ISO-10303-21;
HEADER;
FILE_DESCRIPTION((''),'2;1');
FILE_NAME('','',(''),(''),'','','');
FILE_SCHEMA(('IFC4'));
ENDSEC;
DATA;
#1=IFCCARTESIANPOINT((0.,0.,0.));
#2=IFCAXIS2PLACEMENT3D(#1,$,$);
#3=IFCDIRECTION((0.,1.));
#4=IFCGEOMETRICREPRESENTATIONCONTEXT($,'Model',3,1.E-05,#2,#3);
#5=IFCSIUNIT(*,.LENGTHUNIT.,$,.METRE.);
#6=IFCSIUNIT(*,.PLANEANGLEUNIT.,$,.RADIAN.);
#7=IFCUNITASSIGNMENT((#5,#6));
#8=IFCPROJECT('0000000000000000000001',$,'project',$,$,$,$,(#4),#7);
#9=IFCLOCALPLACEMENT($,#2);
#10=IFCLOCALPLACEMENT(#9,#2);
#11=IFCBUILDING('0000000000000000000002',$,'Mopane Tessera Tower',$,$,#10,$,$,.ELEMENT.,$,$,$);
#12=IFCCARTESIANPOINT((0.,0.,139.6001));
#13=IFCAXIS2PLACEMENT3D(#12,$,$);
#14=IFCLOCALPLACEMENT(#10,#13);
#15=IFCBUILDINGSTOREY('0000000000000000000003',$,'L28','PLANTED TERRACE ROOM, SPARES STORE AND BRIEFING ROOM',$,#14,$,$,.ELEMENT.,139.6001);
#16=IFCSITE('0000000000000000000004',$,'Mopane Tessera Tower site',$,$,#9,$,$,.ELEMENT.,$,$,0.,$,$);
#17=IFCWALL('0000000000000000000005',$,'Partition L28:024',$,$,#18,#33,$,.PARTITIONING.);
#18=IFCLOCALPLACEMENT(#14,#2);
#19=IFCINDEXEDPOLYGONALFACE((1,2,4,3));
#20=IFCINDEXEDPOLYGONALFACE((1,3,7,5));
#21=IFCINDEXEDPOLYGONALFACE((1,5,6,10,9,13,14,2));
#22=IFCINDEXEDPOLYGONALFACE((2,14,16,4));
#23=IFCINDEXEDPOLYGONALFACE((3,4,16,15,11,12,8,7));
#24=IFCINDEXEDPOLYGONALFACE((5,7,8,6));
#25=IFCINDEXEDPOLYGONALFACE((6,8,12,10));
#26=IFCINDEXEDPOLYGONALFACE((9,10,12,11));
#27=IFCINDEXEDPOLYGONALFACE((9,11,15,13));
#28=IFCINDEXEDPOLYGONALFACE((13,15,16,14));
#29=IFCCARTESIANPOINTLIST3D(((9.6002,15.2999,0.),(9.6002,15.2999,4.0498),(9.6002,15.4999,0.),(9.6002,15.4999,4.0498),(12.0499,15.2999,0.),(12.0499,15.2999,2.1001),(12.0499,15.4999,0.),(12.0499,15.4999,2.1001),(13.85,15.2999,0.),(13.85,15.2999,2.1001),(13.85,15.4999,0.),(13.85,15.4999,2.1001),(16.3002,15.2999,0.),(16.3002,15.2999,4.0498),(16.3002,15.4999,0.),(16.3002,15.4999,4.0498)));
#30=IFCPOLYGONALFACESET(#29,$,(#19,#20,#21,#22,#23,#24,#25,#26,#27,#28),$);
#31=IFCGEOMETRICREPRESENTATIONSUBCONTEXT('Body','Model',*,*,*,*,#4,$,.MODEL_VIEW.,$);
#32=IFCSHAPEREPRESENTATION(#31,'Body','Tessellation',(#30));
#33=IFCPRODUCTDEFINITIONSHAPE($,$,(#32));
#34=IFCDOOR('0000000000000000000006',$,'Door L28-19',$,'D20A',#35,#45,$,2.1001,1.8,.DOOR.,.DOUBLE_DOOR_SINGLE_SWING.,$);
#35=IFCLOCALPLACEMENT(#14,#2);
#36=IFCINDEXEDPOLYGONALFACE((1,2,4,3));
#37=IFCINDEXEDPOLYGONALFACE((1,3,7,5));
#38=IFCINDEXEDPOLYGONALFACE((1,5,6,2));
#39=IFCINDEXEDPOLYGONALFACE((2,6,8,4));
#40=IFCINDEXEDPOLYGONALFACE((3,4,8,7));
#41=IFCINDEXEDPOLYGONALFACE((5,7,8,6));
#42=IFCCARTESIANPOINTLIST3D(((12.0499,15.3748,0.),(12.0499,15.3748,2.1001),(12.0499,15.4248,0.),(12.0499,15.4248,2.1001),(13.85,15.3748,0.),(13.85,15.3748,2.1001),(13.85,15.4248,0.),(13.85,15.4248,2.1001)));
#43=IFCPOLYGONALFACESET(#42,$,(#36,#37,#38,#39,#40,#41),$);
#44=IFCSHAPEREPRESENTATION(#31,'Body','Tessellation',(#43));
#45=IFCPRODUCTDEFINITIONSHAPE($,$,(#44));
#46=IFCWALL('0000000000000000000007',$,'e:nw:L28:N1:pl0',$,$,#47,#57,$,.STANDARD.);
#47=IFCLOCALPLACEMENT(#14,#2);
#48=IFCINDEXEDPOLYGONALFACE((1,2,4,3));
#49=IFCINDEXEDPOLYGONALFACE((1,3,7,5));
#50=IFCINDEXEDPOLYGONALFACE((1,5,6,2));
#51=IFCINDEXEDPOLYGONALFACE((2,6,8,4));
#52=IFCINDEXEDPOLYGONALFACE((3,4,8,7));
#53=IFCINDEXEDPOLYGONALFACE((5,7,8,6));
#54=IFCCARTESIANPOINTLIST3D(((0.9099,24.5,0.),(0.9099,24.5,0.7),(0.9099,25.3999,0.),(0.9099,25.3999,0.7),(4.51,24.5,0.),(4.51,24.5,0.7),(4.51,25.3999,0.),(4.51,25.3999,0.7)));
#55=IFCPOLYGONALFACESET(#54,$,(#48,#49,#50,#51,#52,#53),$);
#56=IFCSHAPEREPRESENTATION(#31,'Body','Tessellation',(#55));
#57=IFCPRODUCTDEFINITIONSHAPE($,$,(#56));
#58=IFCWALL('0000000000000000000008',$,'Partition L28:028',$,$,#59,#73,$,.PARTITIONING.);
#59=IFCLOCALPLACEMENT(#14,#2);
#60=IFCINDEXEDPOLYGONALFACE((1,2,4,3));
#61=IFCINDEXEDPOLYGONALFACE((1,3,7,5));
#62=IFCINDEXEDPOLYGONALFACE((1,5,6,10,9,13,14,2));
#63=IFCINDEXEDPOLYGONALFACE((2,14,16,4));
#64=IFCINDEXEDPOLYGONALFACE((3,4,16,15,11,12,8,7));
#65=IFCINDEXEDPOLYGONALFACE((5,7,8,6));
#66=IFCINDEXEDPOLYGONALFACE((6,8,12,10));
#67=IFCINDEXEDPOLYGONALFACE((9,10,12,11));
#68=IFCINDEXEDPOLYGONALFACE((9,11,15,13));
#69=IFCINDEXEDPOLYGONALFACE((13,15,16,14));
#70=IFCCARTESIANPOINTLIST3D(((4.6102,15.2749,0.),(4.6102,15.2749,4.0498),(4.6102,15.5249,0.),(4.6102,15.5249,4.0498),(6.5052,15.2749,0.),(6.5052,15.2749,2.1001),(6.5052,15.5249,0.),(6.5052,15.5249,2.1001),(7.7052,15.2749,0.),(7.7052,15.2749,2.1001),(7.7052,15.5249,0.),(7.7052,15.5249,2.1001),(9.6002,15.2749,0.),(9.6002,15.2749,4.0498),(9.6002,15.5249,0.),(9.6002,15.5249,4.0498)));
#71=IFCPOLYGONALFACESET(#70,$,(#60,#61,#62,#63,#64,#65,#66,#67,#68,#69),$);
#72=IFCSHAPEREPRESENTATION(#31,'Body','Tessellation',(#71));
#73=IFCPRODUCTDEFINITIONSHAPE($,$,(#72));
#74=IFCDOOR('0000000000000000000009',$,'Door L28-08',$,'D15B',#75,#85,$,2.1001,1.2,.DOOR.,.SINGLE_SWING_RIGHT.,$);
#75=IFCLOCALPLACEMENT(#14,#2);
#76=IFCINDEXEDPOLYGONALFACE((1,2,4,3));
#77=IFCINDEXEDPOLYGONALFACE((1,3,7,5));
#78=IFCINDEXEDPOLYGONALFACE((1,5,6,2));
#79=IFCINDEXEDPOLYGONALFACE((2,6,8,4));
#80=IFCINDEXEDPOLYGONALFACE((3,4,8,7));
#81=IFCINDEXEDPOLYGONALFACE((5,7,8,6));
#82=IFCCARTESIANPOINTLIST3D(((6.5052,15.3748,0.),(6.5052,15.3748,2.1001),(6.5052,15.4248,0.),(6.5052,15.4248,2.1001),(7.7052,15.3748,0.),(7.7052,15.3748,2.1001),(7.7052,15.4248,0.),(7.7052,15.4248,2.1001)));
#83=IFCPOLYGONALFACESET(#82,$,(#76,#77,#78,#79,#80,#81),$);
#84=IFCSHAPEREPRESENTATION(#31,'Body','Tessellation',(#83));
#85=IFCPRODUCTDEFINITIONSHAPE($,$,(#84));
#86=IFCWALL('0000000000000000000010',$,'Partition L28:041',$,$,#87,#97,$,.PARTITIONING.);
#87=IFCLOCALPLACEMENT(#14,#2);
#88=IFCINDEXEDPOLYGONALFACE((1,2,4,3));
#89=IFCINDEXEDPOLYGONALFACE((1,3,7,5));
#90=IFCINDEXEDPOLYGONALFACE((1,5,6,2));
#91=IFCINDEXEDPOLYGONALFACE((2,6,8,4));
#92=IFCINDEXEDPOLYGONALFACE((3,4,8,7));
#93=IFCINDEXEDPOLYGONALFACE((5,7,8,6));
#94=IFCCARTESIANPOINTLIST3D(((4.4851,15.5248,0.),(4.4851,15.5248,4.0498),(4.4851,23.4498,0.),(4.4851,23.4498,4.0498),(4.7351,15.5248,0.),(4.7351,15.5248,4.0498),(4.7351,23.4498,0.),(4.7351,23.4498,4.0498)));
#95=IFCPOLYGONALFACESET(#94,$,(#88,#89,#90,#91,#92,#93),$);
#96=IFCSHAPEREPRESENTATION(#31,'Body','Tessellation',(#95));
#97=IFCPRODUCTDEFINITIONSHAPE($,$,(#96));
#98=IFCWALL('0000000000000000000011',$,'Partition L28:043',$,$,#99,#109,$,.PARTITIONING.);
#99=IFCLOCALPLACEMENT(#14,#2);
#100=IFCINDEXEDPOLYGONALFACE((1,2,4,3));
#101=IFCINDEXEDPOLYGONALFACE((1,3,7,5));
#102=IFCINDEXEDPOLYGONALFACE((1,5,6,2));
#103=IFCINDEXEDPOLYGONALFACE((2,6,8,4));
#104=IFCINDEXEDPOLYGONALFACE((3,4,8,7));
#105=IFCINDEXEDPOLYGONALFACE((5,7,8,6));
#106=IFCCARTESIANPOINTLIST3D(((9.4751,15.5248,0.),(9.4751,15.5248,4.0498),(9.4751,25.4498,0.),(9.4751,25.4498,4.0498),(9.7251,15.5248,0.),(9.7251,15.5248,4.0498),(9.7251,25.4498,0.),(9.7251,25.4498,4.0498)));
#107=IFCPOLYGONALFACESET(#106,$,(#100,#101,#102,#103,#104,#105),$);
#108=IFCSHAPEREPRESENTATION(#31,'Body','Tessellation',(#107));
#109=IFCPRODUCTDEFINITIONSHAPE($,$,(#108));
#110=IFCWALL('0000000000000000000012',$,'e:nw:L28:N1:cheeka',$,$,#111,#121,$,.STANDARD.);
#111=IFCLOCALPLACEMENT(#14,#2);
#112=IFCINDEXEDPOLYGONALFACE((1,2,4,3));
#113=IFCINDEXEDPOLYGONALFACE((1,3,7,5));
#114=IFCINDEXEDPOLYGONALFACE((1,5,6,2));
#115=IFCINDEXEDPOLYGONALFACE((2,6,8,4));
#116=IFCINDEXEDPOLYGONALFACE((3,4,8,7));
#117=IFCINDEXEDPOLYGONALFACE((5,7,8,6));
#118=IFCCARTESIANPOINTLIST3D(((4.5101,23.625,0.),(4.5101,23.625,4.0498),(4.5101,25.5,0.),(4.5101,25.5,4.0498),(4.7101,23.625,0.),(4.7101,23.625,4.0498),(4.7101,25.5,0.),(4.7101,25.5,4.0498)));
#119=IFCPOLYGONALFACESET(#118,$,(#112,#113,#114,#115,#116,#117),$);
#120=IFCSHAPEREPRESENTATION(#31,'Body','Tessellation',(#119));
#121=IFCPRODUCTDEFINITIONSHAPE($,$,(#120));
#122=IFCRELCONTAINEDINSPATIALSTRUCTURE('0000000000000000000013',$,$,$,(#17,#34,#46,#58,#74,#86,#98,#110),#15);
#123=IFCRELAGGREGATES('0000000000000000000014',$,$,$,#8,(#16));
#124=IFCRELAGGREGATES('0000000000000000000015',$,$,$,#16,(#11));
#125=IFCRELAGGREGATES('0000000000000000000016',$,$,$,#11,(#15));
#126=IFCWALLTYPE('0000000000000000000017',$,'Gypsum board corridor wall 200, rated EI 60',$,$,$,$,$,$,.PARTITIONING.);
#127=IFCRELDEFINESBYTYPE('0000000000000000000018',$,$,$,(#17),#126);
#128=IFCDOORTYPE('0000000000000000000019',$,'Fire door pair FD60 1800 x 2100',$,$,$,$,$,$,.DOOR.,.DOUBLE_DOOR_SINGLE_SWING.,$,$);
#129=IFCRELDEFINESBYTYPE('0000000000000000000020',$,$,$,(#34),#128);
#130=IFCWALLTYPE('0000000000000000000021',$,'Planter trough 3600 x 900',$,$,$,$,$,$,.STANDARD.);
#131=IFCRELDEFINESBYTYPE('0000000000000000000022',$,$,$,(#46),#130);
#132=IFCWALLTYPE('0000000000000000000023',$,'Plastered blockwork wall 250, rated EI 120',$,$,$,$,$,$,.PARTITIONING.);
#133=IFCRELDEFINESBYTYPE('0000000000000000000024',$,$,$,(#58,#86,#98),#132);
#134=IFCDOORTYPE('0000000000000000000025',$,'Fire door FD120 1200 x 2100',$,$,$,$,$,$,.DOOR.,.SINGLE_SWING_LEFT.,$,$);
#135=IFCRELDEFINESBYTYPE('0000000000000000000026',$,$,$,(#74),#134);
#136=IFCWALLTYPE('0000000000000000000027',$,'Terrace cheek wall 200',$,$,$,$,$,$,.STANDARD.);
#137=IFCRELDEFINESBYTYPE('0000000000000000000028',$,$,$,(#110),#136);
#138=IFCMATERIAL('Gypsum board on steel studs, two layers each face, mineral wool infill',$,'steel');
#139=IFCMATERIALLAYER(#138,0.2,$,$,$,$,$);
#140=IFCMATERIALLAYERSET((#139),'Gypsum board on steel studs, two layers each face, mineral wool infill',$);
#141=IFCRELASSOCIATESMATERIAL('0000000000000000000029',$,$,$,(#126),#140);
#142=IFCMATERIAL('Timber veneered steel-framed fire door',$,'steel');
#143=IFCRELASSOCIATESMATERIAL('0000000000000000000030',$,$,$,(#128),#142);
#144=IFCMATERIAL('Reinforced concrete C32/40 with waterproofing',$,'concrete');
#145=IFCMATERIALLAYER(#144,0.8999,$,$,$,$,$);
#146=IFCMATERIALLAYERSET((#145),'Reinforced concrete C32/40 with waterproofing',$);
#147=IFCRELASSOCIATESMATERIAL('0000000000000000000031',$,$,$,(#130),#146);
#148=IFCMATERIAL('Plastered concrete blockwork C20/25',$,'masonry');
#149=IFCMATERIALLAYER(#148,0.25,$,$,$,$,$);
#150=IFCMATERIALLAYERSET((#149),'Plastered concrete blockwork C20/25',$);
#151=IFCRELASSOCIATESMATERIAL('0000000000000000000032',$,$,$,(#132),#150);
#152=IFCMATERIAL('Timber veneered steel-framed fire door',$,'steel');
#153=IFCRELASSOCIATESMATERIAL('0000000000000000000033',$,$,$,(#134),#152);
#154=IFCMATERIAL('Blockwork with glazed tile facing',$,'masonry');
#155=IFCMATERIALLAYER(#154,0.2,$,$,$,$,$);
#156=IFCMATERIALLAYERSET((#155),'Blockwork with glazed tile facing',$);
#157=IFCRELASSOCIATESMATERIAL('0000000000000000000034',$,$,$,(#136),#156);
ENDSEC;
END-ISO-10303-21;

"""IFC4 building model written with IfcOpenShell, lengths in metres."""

from ifc_helpers import new_model, si_unit, direction, frame, frame_2d, origin, place, context, subcontext, project, spatial, rectangle, extrude, material, layer, layer_set, type_object, element, fill, save


model = new_model("IFC4")

# Units and contexts
model_context = context("Model", 3, precision=1e-05, world=origin(), true_north=direction((0.0, 1.0)))
body_context = subcontext(model_context, "Body", "Model", "MODEL_VIEW")
ifc_project = project(units=[si_unit("LENGTHUNIT", "METRE"), si_unit("PLANEANGLEUNIT", "RADIAN")], contexts=[model_context])

# Site, building, storey
site_placement = place(None, origin())
site = spatial("IfcSite", under=ifc_project, at=site_placement, Name="Mopane Tessera Tower site", CompositionType="ELEMENT", RefElevation=0.0)
building_placement = place(site_placement, origin())
building = spatial("IfcBuilding", under=site, at=building_placement, Name="Mopane Tessera Tower", CompositionType="ELEMENT")
storey_placement = place(building_placement, frame((0.0, 0.0, 139.6001)))
storey = spatial("IfcBuildingStorey", under=building, at=storey_placement, Name="L28", Description="PLANTED TERRACE ROOM, SPARES STORE AND BRIEFING ROOM", CompositionType="ELEMENT", Elevation=139.6001)

# Wall, opening, door
ifc_material_1 = material(Name="Gypsum board on steel studs, two layers each face, mineral wool infill", Category="steel")
ifc_layer_1 = layer(ifc_material_1, 0.2)
ifc_layer_set_1 = layer_set([ifc_layer_1], Name="Gypsum board on steel studs, two layers each face, mineral wool infill")
wall_type_1 = type_object("IfcWallType", Name="Gypsum board corridor wall 200, rated EI 60", PredefinedType="PARTITIONING", material=ifc_layer_set_1)
wall_1_placement = place(storey_placement, frame((9.6001, 15.3999, 0.0), z_axis=(0.0, 0.0, 1.0), x_axis=(1.0, 0.0, 0.0)))
wall_1 = element("IfcWall", 1, at=wall_1_placement, inside=storey, type_object=wall_type_1, Name="Partition L28:024", PredefinedType="PARTITIONING", context=body_context, shape_type="SweptSolid", body=[
    extrude(rectangle(XDim=6.7, YDim=0.2, at=frame_2d((3.3501, 0.0))), origin(), (0.0, 0.0, 1.0), 4.0498),
])
opening_1_placement = place(wall_1_placement, frame((2.45, 0.0, 0.0)))
opening_1 = element("IfcOpeningElement", 2, at=opening_1_placement, cuts=wall_1, PredefinedType="OPENING", context=body_context, shape_type="SweptSolid", body=[
    extrude(rectangle(XDim=1.8, YDim=2.1001, at=frame_2d((0.8999, 1.05))), frame((0.0, 0.1121, 0.0), z_axis=(0.0, -1.0, 0.0), x_axis=(1.0, 0.0, 0.0)), (0.0, 0.0, 1.0), 0.2239),
])
ifc_material_2 = material(Name="Timber veneered steel-framed fire door", Category="steel")
door_type_1 = type_object("IfcDoorType", Name="Fire door pair FD60 1800 x 2100", OperationType="DOUBLE_DOOR_SINGLE_SWING", PredefinedType="DOOR", material=ifc_material_2)
door_1_placement = place(opening_1_placement, origin())
door_1 = element("IfcDoor", 3, at=door_1_placement, inside=storey, type_object=door_type_1, Name="Door L28-19", ObjectType="D20A", OperationType="DOUBLE_DOOR_SINGLE_SWING", OverallHeight=2.1001, OverallWidth=1.8, PredefinedType="DOOR", context=body_context, shape_type="SweptSolid", body=[
    extrude(rectangle(XDim=1.8, YDim=2.1001, at=frame_2d((0.8999, 1.05))), frame((0.0, 0.0249, 0.0), z_axis=(0.0, -1.0, 0.0), x_axis=(1.0, 0.0, 0.0)), (0.0, 0.0, 1.0), 0.05),
])
fill(opening_1, door_1)

# Wall
ifc_material_3 = material(Name="Reinforced concrete C32/40 with waterproofing", Category="concrete")
ifc_layer_2 = layer(ifc_material_3, 0.8999)
ifc_layer_set_2 = layer_set([ifc_layer_2], Name="Reinforced concrete C32/40 with waterproofing")
wall_type_2 = type_object("IfcWallType", Name="Planter trough 3600 x 900", PredefinedType="STANDARD", material=ifc_layer_set_2)
wall_2_placement = place(storey_placement, frame((4.51, 24.95, 0.0), z_axis=(0.0, 0.0, 1.0), x_axis=(-1.0, 0.0, 0.0)))
element("IfcWall", 4, at=wall_2_placement, inside=storey, type_object=wall_type_2, Name="e:nw:L28:N1:pl0", PredefinedType="STANDARD", context=body_context, shape_type="SweptSolid", body=[
    extrude(rectangle(XDim=3.6001, YDim=0.8999, at=frame_2d((1.8, 0.0))), origin(), (0.0, 0.0, 1.0), 0.7),
])

# Wall, opening, door
ifc_material_4 = material(Name="Plastered concrete blockwork C20/25", Category="masonry")
ifc_layer_3 = layer(ifc_material_4, 0.25)
ifc_layer_set_3 = layer_set([ifc_layer_3], Name="Plastered concrete blockwork C20/25")
wall_type_3 = type_object("IfcWallType", Name="Plastered blockwork wall 250, rated EI 120", PredefinedType="PARTITIONING", material=ifc_layer_set_3)
wall_3_placement = place(storey_placement, frame((4.6101, 15.3999, 0.0), z_axis=(0.0, 0.0, 1.0), x_axis=(1.0, 0.0, 0.0)))
wall_3 = element("IfcWall", 5, at=wall_3_placement, inside=storey, type_object=wall_type_3, Name="Partition L28:028", PredefinedType="PARTITIONING", context=body_context, shape_type="SweptSolid", body=[
    extrude(rectangle(XDim=4.99, YDim=0.25, at=frame_2d((2.4951, 0.0))), origin(), (0.0, 0.0, 1.0), 4.0498),
])
opening_2_placement = place(wall_3_placement, frame((1.895, 0.0, 0.0)))
opening_2 = element("IfcOpeningElement", 6, at=opening_2_placement, cuts=wall_3, PredefinedType="OPENING", context=body_context, shape_type="SweptSolid", body=[
    extrude(rectangle(XDim=1.2, YDim=2.1001, at=frame_2d((0.6001, 1.05))), frame((0.0, 0.137, 0.0), z_axis=(0.0, -1.0, 0.0), x_axis=(1.0, 0.0, 0.0)), (0.0, 0.0, 1.0), 0.2739),
])
ifc_material_5 = material(Name="Timber veneered steel-framed fire door", Category="steel")
door_type_2 = type_object("IfcDoorType", Name="Fire door FD120 1200 x 2100", OperationType="SINGLE_SWING_LEFT", PredefinedType="DOOR", material=ifc_material_5)
door_2_placement = place(opening_2_placement, origin())
door_2 = element("IfcDoor", 7, at=door_2_placement, inside=storey, type_object=door_type_2, Name="Door L28-08", ObjectType="D15B", OperationType="SINGLE_SWING_RIGHT", OverallHeight=2.1001, OverallWidth=1.2, PredefinedType="DOOR", context=body_context, shape_type="SweptSolid", body=[
    extrude(rectangle(XDim=1.2, YDim=2.1001, at=frame_2d((0.6001, 1.05))), frame((0.0, 0.0249, 0.0), z_axis=(0.0, -1.0, 0.0), x_axis=(1.0, 0.0, 0.0)), (0.0, 0.0, 1.0), 0.05),
])
fill(opening_2, door_2)

# Walls
wall_4_placement = place(storey_placement, frame((4.6101, 15.5249, 0.0), z_axis=(0.0, 0.0, 1.0), x_axis=(0.0, 1.0, 0.0)))
element("IfcWall", 8, at=wall_4_placement, inside=storey, type_object=wall_type_3, Name="Partition L28:041", PredefinedType="PARTITIONING", context=body_context, shape_type="SweptSolid", body=[
    extrude(rectangle(XDim=7.925, YDim=0.25, at=frame_2d((3.9624, 0.0))), origin(), (0.0, 0.0, 1.0), 4.0498),
])
wall_5_placement = place(storey_placement, frame((9.6001, 15.5249, 0.0), z_axis=(0.0, 0.0, 1.0), x_axis=(0.0, 1.0, 0.0)))
element("IfcWall", 9, at=wall_5_placement, inside=storey, type_object=wall_type_3, Name="Partition L28:043", PredefinedType="PARTITIONING", context=body_context, shape_type="SweptSolid", body=[
    extrude(rectangle(XDim=9.925, YDim=0.25, at=frame_2d((4.9624, 0.0))), origin(), (0.0, 0.0, 1.0), 4.0498),
])
ifc_material_6 = material(Name="Blockwork with glazed tile facing", Category="masonry")
ifc_layer_4 = layer(ifc_material_6, 0.2)
ifc_layer_set_4 = layer_set([ifc_layer_4], Name="Blockwork with glazed tile facing")
wall_type_4 = type_object("IfcWallType", Name="Terrace cheek wall 200", PredefinedType="STANDARD", material=ifc_layer_set_4)
wall_6_placement = place(storey_placement, frame((4.6101, 25.5, 0.0), z_axis=(0.0, 0.0, 1.0), x_axis=(0.0, -1.0, 0.0)))
element("IfcWall", 10, at=wall_6_placement, inside=storey, type_object=wall_type_4, Name="e:nw:L28:N1:cheeka", PredefinedType="STANDARD", context=body_context, shape_type="SweptSolid", body=[
    extrude(rectangle(XDim=1.875, YDim=0.2, at=frame_2d((0.9375, 0.0))), origin(), (0.0, 0.0, 1.0), 4.0498),
])

save(model, "model.ifc")
